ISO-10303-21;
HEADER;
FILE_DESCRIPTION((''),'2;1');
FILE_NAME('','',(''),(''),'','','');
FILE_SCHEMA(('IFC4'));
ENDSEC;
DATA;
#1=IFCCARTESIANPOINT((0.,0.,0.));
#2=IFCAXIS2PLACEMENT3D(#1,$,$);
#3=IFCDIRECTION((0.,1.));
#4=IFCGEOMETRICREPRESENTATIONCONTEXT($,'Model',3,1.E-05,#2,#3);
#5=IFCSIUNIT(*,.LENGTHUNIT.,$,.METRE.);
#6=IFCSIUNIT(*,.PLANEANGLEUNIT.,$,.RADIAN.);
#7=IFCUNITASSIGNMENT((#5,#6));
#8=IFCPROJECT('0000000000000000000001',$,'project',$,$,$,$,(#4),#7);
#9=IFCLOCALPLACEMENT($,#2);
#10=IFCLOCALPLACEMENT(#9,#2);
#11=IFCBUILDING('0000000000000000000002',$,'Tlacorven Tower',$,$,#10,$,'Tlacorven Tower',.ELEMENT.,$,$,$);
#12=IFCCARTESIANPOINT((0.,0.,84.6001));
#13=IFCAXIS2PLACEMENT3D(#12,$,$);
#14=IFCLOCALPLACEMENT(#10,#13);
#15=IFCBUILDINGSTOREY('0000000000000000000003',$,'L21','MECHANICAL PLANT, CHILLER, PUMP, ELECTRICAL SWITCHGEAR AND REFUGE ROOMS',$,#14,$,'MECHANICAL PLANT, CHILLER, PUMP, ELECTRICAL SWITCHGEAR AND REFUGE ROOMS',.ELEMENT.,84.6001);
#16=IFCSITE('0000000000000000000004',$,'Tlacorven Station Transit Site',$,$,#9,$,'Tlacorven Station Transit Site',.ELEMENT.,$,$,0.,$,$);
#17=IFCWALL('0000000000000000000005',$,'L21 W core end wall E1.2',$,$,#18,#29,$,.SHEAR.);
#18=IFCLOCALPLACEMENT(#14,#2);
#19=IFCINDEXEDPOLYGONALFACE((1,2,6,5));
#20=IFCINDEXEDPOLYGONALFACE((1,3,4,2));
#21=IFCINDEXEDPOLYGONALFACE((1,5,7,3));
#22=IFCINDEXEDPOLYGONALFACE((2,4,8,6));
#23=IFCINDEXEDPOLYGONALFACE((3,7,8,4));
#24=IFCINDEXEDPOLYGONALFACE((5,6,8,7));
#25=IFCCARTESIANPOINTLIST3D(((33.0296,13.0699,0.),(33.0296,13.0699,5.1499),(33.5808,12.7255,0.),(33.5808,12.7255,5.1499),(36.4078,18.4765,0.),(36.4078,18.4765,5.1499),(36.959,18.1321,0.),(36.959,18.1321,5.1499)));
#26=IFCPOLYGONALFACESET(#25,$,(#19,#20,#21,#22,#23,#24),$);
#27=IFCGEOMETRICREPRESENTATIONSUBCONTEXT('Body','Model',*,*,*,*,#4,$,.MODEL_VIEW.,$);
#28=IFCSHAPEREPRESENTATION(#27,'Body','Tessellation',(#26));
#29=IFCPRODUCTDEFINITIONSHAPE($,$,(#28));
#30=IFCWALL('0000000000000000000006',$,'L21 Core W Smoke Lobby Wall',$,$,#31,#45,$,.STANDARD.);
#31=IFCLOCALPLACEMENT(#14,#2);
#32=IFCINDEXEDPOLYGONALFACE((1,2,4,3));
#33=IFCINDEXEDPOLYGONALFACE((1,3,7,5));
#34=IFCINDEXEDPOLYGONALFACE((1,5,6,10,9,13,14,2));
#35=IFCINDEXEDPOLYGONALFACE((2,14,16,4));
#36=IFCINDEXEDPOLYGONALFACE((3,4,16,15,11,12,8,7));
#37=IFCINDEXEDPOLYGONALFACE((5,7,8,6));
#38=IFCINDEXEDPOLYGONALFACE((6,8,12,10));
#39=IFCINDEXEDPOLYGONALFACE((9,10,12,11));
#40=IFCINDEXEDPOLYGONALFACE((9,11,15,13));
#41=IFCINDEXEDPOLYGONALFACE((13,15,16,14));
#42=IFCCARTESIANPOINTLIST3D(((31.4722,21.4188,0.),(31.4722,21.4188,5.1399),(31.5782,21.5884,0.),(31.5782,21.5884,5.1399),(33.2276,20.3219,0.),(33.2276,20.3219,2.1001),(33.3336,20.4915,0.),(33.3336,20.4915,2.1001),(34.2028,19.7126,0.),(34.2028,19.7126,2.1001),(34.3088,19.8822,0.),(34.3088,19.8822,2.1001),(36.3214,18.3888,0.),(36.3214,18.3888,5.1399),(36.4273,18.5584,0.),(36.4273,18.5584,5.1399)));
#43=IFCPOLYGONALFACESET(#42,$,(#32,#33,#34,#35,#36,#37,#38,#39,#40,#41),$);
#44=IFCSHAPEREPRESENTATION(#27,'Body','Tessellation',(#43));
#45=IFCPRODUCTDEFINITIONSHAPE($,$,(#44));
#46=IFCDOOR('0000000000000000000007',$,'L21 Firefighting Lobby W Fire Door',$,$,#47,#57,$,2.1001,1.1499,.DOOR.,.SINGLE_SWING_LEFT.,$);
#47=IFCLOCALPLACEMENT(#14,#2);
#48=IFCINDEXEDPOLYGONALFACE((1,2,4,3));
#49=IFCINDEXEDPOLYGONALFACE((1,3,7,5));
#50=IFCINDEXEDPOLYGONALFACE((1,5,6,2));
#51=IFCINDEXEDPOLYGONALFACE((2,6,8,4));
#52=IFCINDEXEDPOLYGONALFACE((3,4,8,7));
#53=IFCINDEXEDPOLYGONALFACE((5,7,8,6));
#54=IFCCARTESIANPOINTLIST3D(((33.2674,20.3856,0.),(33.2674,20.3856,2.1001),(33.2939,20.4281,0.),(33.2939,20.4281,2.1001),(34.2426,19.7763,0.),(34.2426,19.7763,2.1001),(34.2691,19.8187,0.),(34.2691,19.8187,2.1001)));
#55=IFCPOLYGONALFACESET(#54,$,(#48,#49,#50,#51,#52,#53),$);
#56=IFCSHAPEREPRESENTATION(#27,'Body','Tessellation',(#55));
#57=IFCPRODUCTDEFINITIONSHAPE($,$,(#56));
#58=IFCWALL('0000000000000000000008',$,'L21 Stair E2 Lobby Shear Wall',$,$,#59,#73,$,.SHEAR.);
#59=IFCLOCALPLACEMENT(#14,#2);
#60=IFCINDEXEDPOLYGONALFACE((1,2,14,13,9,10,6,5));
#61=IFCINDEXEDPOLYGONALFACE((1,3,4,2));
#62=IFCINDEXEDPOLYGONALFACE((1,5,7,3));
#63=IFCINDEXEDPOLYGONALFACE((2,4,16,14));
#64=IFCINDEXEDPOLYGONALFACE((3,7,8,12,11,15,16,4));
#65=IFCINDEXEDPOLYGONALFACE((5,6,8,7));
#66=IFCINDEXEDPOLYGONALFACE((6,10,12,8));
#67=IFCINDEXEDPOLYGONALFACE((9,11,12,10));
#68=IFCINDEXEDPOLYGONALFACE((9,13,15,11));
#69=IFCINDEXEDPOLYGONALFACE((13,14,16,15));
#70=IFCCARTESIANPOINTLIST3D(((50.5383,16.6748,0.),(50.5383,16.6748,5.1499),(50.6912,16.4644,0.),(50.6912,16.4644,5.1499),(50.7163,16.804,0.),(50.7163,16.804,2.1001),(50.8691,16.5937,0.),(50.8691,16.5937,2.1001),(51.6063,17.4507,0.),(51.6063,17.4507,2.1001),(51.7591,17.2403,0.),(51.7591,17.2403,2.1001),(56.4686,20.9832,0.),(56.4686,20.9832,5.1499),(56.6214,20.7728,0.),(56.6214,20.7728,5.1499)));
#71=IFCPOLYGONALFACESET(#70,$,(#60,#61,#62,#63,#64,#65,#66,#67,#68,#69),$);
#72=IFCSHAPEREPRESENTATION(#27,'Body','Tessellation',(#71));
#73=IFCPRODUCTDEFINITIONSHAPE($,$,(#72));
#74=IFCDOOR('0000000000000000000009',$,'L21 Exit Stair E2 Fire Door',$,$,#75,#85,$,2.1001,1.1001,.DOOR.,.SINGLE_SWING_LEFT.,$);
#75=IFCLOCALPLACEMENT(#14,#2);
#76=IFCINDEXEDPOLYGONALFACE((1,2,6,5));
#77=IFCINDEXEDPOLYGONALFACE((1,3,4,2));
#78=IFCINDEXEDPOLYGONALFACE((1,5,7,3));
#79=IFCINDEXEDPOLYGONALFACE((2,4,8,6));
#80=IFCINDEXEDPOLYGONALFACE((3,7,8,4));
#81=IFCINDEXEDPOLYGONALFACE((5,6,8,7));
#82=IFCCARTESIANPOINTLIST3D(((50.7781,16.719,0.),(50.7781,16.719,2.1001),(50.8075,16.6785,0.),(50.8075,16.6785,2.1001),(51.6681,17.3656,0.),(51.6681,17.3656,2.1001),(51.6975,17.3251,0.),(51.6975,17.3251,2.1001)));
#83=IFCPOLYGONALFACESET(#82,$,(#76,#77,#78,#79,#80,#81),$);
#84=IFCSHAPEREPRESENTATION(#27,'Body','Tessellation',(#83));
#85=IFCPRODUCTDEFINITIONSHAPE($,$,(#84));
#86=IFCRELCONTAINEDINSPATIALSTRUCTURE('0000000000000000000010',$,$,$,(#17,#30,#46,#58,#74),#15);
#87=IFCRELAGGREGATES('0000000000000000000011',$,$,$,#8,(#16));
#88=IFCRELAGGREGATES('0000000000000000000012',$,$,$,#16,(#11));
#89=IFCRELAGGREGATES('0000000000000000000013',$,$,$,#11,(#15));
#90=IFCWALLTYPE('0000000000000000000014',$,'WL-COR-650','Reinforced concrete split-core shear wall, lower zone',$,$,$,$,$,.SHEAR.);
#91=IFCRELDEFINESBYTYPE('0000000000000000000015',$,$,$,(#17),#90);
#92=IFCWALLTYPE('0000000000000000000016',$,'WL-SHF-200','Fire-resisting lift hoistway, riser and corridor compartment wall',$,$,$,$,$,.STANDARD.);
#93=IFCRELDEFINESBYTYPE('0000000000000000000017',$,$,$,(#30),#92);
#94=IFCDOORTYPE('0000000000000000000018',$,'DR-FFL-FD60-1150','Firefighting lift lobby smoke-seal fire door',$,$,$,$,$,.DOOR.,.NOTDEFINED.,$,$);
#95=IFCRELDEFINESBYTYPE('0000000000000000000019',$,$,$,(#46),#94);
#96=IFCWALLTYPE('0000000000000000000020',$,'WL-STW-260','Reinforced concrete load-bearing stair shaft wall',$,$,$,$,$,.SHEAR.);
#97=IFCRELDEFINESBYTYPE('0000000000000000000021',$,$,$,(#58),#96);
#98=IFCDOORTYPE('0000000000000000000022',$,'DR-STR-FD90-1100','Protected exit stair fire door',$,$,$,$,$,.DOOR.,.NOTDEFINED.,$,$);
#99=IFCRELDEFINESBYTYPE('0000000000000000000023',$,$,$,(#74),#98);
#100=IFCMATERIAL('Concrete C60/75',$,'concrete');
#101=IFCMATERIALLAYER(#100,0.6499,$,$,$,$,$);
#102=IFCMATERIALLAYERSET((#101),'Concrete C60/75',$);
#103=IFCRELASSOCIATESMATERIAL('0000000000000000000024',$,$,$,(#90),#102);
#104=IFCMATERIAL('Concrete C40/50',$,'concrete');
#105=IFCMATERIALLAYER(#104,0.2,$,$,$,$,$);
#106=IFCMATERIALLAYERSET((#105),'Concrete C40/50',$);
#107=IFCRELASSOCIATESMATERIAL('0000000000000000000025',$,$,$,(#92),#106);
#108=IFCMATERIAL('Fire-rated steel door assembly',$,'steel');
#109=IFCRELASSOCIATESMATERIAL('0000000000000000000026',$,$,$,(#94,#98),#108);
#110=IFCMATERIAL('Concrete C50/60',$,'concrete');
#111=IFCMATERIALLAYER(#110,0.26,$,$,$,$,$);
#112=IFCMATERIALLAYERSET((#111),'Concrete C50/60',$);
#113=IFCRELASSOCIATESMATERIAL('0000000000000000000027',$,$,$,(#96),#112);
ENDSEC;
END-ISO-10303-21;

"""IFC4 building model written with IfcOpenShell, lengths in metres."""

from ifc_helpers import new_model, si_unit, direction, frame, frame_2d, origin, place, context, subcontext, project, spatial, rectangle, extrude, source, transform, mapped, material, layer, layer_set, type_object, element, fill, save


model = new_model("IFC4")

# Units and contexts
model_context = context("Model", 3, precision=1e-05, world=origin(), true_north=direction((0.0, 1.0)))
body_context = subcontext(model_context, "Body", "Model", "MODEL_VIEW")
ifc_project = project(units=[si_unit("LENGTHUNIT", "METRE"), si_unit("PLANEANGLEUNIT", "RADIAN")], contexts=[model_context])

# Site, building, storey
site_placement = place(None, origin())
site = spatial("IfcSite", under=ifc_project, at=site_placement, Name="Tlacorven Station Transit Site", LongName="Tlacorven Station Transit Site", CompositionType="ELEMENT", RefElevation=0.0)
building_placement = place(site_placement, origin())
building = spatial("IfcBuilding", under=site, at=building_placement, Name="Tlacorven Tower", LongName="Tlacorven Tower", CompositionType="ELEMENT")
storey_placement = place(building_placement, frame((0.0, 0.0, 84.6001)))
storey = spatial("IfcBuildingStorey", under=building, at=storey_placement, Name="L21", Description="MECHANICAL PLANT, CHILLER, PUMP, ELECTRICAL SWITCHGEAR AND REFUGE ROOMS", LongName="MECHANICAL PLANT, CHILLER, PUMP, ELECTRICAL SWITCHGEAR AND REFUGE ROOMS", CompositionType="ELEMENT", Elevation=84.6001)

# Shared definitions
ifc_material_1 = material(Name="Concrete C60/75", Category="concrete")

# Wall
ifc_layer_1 = layer(ifc_material_1, 0.6499)
ifc_layer_set_1 = layer_set([ifc_layer_1], Name="Concrete C60/75")
wall_type_1 = type_object("IfcWallType", Name="WL-COR-650", Description="Reinforced concrete split-core shear wall, lower zone", PredefinedType="SHEAR", material=ifc_layer_set_1)
wall_1_placement = place(storey_placement, frame((36.6833, 18.3042, 0.0), z_axis=(0.0, 0.0, 1.0), x_axis=(-0.529899, -0.848061, 0.0)))
element("IfcWall", 1, at=wall_1_placement, inside=storey, type_object=wall_type_1, Name="L21 W core end wall E1.2", PredefinedType="SHEAR", context=body_context, shape_type="SweptSolid", body=[
    extrude(rectangle(XDim=6.3752, YDim=0.6499, at=frame_2d((3.1875, 0.0))), origin(), (0.0, 0.0, 1.0), 5.1499),
])

# Walls, openings, doors
ifc_material_2 = material(Name="Concrete C40/50", Category="concrete")
ifc_layer_2 = layer(ifc_material_2, 0.2)
ifc_layer_set_2 = layer_set([ifc_layer_2], Name="Concrete C40/50")
wall_type_2 = type_object("IfcWallType", Name="WL-SHF-200", Description="Fire-resisting lift hoistway, riser and corridor compartment wall", PredefinedType="STANDARD", material=ifc_layer_set_2)
wall_2_placement = place(storey_placement, frame((36.3743, 18.4736, 0.0), z_axis=(0.0, 0.0, 1.0), x_axis=(-0.848051, 0.529915, 0.0)))
wall_2 = element("IfcWall", 2, at=wall_2_placement, inside=storey, type_object=wall_type_2, Name="L21 Core W Smoke Lobby Wall", PredefinedType="STANDARD", context=body_context, shape_type="SweptSolid", body=[
    extrude(rectangle(XDim=5.718, YDim=0.2, at=frame_2d((2.8589, 0.0))), origin(), (0.0, 0.0, 1.0), 5.1399),
])
opening_1_placement = place(wall_2_placement, frame((2.498, 0.0, 0.0)))
opening_1 = element("IfcOpeningElement", 3, at=opening_1_placement, cuts=wall_2, PredefinedType="OPENING", context=body_context, shape_type="SweptSolid", body=[
    extrude(rectangle(XDim=1.1499, YDim=2.1001, at=frame_2d((0.575, 1.05))), frame((0.0, 0.1099, 0.0), z_axis=(0.0, -1.0, 0.0), x_axis=(1.0, 0.0, 0.0)), (0.0, 0.0, 1.0), 0.22),
])
ifc_material_3 = material(Name="Fire-rated steel door assembly", Category="steel")
door_type_1 = type_object("IfcDoorType", Name="DR-FFL-FD60-1150", Description="Firefighting lift lobby smoke-seal fire door", OperationType="NOTDEFINED", PredefinedType="DOOR", material=ifc_material_3)
shared_shape_1 = source(origin(), body_context, "Body", "SweptSolid", [
    extrude(rectangle(XDim=1.1499, YDim=2.1001, at=frame_2d((0.575, 1.05))), frame((0.0, 0.0249, 0.0), z_axis=(0.0, -1.0, 0.0), x_axis=(1.0, 0.0, 0.0)), (0.0, 0.0, 1.0), 0.05),
])
door_1_placement = place(opening_1_placement, origin())
door_1 = element("IfcDoor", 4, at=door_1_placement, inside=storey, type_object=door_type_1, Name="L21 Firefighting Lobby W Fire Door", OperationType="SINGLE_SWING_LEFT", OverallHeight=2.1001, OverallWidth=1.1499, PredefinedType="DOOR", context=body_context, shape_type="MappedRepresentation", body=[
    mapped(shared_shape_1, transform((0.0, 0.0, 0.0), scale=1.0)),
])
fill(opening_1, door_1)
ifc_material_4 = material(Name="Concrete C50/60", Category="concrete")
ifc_layer_3 = layer(ifc_material_4, 0.26)
ifc_layer_set_3 = layer_set([ifc_layer_3], Name="Concrete C50/60")
wall_type_3 = type_object("IfcWallType", Name="WL-STW-260", Description="Reinforced concrete load-bearing stair shaft wall", PredefinedType="SHEAR", material=ifc_layer_set_3)
wall_3_placement = place(storey_placement, frame((50.6147, 16.5696, 0.0), z_axis=(0.0, 0.0, 1.0), x_axis=(0.809028, 0.58777, 0.0)))
wall_3 = element("IfcWall", 5, at=wall_3_placement, inside=storey, type_object=wall_type_3, Name="L21 Stair E2 Lobby Shear Wall", PredefinedType="SHEAR", context=body_context, shape_type="SweptSolid", body=[
    extrude(rectangle(XDim=7.3301, YDim=0.26, at=frame_2d((3.665, 0.0))), origin(), (0.0, 0.0, 1.0), 5.1499),
])
opening_2_placement = place(wall_3_placement, frame((0.22, 0.0, 0.0)))
opening_2 = element("IfcOpeningElement", 6, at=opening_2_placement, cuts=wall_3, PredefinedType="OPENING", context=body_context, shape_type="SweptSolid", body=[
    extrude(rectangle(XDim=1.1001, YDim=2.1001, at=frame_2d((0.55, 1.05))), frame((0.0, 0.1401, 0.0), z_axis=(0.0, -1.0, 0.0), x_axis=(1.0, 0.0, 0.0)), (0.0, 0.0, 1.0), 0.28),
])
door_type_2 = type_object("IfcDoorType", Name="DR-STR-FD90-1100", Description="Protected exit stair fire door", OperationType="NOTDEFINED", PredefinedType="DOOR", material=ifc_material_3)
shared_shape_2 = source(origin(), body_context, "Body", "SweptSolid", [
    extrude(rectangle(XDim=1.1001, YDim=2.1001, at=frame_2d((0.55, 1.05))), frame((0.0, 0.0249, 0.0), z_axis=(0.0, -1.0, 0.0), x_axis=(1.0, 0.0, 0.0)), (0.0, 0.0, 1.0), 0.05),
])
door_2_placement = place(opening_2_placement, origin())
door_2 = element("IfcDoor", 7, at=door_2_placement, inside=storey, type_object=door_type_2, Name="L21 Exit Stair E2 Fire Door", OperationType="SINGLE_SWING_LEFT", OverallHeight=2.1001, OverallWidth=1.1001, PredefinedType="DOOR", context=body_context, shape_type="MappedRepresentation", body=[
    mapped(shared_shape_2, transform((0.0, 0.0, 0.0), scale=1.0)),
])
fill(opening_2, door_2)

save(model, "model.ifc")
